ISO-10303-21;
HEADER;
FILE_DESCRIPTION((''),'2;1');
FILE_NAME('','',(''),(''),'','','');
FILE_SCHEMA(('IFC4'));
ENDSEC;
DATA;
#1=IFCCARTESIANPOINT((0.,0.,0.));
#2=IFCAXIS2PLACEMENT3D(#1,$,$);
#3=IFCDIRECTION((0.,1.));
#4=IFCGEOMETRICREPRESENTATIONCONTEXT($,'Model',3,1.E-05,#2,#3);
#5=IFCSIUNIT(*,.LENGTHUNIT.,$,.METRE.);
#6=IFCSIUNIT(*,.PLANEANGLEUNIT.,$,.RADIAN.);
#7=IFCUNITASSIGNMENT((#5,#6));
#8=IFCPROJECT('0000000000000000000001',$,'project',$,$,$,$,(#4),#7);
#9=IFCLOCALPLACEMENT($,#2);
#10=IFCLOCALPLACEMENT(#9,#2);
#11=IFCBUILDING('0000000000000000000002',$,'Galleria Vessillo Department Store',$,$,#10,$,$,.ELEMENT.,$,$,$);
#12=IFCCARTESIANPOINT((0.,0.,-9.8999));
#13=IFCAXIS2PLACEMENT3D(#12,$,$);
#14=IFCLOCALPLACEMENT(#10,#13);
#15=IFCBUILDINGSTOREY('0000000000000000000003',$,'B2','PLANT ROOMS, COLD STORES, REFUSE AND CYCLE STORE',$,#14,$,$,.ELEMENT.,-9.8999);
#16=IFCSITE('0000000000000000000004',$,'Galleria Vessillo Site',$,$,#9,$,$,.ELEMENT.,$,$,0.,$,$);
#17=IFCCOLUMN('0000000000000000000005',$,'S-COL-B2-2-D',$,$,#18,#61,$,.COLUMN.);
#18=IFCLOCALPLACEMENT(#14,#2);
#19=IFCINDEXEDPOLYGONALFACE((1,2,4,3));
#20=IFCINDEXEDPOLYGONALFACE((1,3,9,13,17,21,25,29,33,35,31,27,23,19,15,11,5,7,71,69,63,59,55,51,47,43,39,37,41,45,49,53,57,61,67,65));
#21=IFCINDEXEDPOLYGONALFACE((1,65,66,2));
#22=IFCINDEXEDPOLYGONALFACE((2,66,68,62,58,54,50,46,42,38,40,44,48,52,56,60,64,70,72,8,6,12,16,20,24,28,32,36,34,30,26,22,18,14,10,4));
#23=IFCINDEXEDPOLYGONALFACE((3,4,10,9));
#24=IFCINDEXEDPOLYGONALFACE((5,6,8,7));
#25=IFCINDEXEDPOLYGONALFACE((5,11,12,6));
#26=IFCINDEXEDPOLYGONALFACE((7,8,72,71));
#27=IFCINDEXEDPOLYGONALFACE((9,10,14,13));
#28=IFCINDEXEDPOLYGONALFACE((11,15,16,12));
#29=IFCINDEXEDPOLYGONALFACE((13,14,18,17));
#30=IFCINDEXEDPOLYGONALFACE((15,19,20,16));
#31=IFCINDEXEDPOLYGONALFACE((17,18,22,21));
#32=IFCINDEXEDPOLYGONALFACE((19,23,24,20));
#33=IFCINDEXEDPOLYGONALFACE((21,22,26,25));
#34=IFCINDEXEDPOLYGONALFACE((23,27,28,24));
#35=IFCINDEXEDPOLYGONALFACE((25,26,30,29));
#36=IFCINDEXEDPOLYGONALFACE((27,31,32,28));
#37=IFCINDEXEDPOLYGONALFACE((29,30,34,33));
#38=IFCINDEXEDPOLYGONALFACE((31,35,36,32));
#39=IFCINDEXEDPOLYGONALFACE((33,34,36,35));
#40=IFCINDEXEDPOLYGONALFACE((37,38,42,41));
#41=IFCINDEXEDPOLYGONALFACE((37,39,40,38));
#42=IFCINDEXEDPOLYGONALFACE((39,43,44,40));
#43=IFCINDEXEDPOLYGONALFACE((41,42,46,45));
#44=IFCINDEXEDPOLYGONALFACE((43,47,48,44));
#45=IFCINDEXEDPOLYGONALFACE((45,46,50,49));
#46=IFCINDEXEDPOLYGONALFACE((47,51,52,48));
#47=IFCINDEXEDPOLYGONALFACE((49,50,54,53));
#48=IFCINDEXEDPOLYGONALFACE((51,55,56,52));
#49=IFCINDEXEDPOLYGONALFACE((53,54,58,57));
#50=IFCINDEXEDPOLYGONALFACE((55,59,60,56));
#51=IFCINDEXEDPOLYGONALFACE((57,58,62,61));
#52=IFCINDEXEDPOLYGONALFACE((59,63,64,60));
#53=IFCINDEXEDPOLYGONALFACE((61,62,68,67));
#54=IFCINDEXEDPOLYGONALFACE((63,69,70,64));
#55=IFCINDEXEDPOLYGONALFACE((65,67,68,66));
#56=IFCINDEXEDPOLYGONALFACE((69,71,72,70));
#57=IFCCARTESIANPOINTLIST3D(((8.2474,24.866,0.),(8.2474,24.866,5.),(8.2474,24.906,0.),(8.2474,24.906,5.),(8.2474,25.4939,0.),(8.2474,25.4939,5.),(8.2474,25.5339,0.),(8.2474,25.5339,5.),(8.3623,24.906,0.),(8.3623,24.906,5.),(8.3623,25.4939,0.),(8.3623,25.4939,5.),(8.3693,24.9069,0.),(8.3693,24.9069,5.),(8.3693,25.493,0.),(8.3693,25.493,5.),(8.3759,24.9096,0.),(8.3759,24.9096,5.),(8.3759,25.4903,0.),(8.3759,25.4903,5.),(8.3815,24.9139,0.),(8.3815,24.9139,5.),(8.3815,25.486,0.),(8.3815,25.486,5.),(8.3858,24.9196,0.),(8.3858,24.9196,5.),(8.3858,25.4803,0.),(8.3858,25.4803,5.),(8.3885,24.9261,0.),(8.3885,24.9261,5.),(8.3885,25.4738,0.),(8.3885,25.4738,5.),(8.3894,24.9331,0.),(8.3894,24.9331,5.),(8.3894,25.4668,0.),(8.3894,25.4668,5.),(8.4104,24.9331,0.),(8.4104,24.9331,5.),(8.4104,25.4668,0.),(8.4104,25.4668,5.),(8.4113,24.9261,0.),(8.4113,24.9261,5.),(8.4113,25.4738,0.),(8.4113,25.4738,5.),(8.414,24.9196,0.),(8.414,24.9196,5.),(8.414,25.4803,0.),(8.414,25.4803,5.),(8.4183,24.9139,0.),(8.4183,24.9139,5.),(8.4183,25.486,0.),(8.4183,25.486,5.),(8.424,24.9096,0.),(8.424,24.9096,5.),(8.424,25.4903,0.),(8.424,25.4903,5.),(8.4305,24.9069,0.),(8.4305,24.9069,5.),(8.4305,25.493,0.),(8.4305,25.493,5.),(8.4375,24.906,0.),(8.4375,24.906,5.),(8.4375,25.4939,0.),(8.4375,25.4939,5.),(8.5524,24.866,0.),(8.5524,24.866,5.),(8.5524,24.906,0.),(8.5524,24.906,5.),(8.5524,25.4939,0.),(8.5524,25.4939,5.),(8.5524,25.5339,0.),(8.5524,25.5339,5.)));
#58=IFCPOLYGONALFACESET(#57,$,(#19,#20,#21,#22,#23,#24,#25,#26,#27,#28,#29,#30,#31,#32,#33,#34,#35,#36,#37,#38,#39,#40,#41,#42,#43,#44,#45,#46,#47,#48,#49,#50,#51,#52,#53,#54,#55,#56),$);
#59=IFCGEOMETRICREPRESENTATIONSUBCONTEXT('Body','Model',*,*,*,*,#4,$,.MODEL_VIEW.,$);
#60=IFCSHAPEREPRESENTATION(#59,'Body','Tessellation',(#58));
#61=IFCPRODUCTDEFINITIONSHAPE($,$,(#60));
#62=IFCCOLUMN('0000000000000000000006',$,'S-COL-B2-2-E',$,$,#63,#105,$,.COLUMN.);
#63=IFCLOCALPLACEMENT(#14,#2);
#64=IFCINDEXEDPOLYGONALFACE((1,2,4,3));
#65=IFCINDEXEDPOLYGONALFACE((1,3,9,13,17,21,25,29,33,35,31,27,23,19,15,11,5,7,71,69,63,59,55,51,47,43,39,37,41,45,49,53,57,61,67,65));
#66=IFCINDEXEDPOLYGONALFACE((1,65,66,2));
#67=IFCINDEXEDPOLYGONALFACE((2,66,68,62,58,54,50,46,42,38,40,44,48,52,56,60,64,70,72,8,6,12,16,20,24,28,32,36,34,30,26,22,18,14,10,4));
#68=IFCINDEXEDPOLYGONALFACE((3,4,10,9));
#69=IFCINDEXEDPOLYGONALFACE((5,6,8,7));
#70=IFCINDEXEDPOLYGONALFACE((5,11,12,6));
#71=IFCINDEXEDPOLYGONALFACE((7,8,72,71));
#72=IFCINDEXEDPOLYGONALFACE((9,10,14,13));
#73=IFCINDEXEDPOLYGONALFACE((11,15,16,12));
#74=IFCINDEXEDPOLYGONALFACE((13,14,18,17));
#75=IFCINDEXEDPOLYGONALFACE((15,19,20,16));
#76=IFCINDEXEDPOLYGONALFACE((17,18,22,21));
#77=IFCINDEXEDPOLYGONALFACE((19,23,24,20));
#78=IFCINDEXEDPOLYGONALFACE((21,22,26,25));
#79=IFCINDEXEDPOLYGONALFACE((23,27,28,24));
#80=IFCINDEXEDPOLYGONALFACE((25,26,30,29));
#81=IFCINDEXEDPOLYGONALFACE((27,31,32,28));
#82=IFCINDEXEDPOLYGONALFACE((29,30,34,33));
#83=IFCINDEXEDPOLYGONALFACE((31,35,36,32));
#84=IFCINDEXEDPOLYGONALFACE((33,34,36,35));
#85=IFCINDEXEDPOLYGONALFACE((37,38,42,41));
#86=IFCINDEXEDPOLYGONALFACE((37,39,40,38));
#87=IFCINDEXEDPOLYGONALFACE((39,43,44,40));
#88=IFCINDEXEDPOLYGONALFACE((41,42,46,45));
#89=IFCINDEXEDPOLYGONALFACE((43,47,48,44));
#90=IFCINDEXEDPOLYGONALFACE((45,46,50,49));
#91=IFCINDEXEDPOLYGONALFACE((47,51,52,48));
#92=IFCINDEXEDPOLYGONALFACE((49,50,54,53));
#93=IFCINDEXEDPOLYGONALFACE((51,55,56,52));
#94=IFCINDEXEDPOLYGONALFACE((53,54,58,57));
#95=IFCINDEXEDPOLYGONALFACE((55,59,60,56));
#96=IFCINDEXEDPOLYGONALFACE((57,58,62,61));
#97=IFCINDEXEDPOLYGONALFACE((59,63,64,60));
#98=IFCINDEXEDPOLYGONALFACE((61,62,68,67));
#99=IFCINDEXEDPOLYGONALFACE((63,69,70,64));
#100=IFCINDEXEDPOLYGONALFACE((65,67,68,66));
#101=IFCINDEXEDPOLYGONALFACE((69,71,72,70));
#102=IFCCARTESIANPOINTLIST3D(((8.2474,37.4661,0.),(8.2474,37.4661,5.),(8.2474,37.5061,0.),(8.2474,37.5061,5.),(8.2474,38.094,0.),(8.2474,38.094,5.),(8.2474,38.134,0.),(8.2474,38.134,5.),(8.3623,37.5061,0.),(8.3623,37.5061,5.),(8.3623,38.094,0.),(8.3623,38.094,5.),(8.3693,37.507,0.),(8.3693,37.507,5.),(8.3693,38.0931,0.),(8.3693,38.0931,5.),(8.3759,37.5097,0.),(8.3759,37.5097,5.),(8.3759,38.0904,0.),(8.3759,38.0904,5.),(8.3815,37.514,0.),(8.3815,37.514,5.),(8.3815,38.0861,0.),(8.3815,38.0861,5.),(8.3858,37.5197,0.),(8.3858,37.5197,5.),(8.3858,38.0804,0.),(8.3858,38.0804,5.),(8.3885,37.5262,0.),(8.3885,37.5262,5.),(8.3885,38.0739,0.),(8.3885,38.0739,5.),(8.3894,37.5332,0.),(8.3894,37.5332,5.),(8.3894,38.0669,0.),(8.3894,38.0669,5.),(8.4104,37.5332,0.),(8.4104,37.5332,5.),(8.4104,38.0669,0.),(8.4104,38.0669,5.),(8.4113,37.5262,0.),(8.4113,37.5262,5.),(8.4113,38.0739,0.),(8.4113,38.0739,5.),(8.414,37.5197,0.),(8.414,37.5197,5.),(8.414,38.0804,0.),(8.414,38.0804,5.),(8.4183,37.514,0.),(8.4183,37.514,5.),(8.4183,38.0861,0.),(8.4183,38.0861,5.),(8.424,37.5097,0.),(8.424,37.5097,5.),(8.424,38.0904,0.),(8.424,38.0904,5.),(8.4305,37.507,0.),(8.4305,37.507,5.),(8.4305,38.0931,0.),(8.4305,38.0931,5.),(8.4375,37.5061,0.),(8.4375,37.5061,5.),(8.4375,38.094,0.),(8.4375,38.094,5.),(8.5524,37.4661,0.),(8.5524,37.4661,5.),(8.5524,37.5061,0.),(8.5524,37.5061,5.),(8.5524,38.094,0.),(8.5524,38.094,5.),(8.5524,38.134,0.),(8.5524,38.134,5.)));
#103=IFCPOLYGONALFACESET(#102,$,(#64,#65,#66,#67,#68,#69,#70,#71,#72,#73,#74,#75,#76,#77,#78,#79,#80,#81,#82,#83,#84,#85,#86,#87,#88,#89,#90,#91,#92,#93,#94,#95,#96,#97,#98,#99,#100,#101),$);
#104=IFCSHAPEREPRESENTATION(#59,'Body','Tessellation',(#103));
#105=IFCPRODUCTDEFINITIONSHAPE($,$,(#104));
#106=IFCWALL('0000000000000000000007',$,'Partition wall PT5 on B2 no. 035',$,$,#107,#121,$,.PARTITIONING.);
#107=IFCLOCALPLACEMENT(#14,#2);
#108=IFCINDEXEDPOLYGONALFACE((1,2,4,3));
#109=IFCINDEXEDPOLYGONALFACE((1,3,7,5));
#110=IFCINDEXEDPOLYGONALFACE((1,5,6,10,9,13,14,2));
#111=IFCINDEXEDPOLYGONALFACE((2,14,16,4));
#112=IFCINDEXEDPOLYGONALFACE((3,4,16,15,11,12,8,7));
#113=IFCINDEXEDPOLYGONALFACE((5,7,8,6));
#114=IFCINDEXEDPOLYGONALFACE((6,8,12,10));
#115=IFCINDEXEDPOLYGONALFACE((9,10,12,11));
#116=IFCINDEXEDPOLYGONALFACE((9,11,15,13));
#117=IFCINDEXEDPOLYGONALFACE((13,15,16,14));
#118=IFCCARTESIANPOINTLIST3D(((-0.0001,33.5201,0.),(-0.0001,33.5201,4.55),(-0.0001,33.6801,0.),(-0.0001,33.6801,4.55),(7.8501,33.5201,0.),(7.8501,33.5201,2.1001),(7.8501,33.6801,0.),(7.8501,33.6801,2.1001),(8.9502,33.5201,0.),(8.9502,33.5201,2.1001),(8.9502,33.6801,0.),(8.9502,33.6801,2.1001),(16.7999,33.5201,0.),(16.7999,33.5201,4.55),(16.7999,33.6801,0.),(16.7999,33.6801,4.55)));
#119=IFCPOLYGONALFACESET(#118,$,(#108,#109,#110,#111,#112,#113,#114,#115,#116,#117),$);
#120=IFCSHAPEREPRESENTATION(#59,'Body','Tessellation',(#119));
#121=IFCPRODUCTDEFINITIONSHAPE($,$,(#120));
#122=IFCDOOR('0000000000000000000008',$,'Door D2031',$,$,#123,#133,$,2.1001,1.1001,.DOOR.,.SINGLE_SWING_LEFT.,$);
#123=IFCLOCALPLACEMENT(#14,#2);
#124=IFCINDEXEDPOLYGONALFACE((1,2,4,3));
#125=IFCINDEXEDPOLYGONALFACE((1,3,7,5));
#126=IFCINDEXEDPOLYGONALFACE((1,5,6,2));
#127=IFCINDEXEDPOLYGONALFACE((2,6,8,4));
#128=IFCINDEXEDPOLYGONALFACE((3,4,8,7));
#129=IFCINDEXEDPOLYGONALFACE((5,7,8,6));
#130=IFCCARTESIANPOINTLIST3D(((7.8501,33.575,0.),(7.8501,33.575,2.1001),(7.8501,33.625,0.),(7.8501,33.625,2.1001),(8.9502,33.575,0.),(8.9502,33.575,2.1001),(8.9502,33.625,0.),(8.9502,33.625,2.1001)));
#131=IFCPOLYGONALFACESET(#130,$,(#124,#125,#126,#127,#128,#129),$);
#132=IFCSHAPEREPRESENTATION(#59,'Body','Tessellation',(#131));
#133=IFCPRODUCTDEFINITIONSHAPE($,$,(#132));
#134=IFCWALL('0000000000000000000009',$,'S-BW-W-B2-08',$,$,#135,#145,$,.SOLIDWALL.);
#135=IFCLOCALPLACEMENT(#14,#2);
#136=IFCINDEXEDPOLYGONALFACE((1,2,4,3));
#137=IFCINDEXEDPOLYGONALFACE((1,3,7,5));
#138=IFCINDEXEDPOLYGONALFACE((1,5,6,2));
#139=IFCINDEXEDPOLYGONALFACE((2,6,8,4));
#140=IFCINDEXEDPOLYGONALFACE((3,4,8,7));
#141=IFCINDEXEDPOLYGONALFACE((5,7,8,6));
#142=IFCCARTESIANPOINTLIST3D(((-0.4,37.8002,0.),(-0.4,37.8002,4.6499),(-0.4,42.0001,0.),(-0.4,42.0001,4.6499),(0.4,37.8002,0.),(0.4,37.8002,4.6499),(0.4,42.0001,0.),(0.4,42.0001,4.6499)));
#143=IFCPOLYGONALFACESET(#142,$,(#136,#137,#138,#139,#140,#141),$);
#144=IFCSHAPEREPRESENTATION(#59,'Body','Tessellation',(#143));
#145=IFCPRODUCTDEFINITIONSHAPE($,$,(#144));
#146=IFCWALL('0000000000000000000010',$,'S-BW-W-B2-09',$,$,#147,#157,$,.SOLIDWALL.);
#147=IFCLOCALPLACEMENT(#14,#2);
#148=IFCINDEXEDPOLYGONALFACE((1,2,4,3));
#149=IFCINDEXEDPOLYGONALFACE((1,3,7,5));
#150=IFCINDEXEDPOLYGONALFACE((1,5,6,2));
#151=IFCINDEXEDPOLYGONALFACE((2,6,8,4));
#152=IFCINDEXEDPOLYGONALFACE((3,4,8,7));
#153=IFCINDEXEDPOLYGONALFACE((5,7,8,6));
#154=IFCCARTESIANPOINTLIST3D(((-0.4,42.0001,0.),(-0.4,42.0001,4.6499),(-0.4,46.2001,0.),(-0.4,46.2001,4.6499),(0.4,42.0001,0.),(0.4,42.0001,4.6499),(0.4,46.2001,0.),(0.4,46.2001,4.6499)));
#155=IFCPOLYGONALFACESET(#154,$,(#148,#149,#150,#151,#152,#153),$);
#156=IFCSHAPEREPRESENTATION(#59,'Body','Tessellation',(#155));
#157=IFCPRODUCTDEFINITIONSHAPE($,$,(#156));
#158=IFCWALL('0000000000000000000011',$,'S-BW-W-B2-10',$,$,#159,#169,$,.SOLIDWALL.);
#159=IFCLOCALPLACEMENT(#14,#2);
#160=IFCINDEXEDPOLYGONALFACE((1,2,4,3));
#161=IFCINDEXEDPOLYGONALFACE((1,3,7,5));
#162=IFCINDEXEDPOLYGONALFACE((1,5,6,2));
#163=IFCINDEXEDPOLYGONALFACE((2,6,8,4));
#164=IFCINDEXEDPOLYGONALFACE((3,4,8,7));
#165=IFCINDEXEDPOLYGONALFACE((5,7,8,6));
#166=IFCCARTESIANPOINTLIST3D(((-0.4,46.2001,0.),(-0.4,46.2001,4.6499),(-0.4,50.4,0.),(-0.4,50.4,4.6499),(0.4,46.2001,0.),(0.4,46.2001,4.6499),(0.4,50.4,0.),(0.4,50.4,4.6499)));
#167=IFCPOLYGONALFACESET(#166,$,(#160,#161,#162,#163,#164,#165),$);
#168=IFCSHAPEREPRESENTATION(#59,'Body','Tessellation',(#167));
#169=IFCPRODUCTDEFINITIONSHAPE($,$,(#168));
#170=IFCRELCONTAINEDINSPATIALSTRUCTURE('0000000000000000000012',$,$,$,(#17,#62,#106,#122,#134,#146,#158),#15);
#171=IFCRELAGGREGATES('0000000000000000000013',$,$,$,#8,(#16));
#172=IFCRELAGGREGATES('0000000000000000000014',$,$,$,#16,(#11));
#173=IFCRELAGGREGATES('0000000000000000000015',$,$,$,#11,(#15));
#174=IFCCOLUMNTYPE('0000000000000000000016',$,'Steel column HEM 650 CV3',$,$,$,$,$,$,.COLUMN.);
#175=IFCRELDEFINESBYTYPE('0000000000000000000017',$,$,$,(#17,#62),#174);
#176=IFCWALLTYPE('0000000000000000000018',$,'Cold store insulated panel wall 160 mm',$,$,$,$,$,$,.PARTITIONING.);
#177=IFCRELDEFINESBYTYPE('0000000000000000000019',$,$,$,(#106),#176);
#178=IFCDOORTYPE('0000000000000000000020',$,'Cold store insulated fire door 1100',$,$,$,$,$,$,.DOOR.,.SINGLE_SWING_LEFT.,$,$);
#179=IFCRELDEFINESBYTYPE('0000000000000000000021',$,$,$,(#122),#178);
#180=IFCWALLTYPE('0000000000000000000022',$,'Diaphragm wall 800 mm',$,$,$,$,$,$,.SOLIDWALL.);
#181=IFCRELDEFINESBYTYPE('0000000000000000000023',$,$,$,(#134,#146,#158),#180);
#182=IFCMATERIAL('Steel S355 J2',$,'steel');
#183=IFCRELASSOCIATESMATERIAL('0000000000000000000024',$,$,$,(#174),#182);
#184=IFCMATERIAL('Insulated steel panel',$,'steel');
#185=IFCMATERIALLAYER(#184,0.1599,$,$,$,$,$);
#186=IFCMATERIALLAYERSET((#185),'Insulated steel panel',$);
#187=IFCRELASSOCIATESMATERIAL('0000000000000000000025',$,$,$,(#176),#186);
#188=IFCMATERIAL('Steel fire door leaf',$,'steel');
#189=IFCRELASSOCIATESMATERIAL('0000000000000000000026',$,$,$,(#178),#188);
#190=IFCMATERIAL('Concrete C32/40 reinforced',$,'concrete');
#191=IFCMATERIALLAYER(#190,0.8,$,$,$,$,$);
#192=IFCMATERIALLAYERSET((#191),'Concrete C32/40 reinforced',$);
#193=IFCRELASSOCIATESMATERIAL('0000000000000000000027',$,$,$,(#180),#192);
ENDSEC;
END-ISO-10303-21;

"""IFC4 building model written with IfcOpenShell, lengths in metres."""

from ifc_helpers import new_model, si_unit, direction, frame, frame_2d, origin, origin_2d, place, context, subcontext, project, spatial, rectangle, i_section, extrude, material, layer, layer_set, material_profile, profile_set, type_object, element, fill, save


model = new_model("IFC4")

# Units and contexts
model_context = context("Model", 3, precision=1e-05, world=origin(), true_north=direction((0.0, 1.0)))
body_context = subcontext(model_context, "Body", "Model", "MODEL_VIEW")
ifc_project = project(units=[si_unit("LENGTHUNIT", "METRE"), si_unit("PLANEANGLEUNIT", "RADIAN")], contexts=[model_context])

# Site, building, storey
site_placement = place(None, origin())
site = spatial("IfcSite", under=ifc_project, at=site_placement, Name="Galleria Vessillo Site", CompositionType="ELEMENT", RefElevation=0.0)
building_placement = place(site_placement, origin())
building = spatial("IfcBuilding", under=site, at=building_placement, Name="Galleria Vessillo Department Store", CompositionType="ELEMENT")
storey_placement = place(building_placement, frame((0.0, 0.0, -9.8999)))
storey = spatial("IfcBuildingStorey", under=building, at=storey_placement, Name="B2", Description="PLANT ROOMS, COLD STORES, REFUSE AND CYCLE STORE", CompositionType="ELEMENT", Elevation=-9.8999)

# Columns
ifc_material_1 = material(Name="Steel S355 J2", Category="steel")
ifc_material_profile_1 = material_profile(ifc_material_1, i_section(OverallWidth=0.3049, OverallDepth=0.668, WebThickness=0.021, FlangeThickness=0.04, FilletRadius=0.0271, at=origin_2d()), Name="HEM 650")
ifc_profile_set_1 = profile_set([ifc_material_profile_1], Name="Steel S355 J2")
column_type_1 = type_object("IfcColumnType", Name="Steel column HEM 650 CV3", PredefinedType="COLUMN", material=ifc_profile_set_1)
for number, where, z_axis, x_axis, name in (
    (1, (8.3999, 25.2, 0.0), (0.0, 0.0, 1.0), (1.0, 0.0, 0.0), "S-COL-B2-2-D"),
    (2, (8.3999, 37.8, 0.0), (0.0, 0.0, 1.0), (1.0, 0.0, 0.0), "S-COL-B2-2-E"),
):
    element("IfcColumn", number, at=place(storey_placement, frame(where, z_axis=z_axis, x_axis=x_axis)), inside=storey, type_object=column_type_1, Name=name, PredefinedType="COLUMN", context=body_context, shape_type="SweptSolid", body=[
        extrude(i_section(OverallWidth=0.3049, OverallDepth=0.668, WebThickness=0.021, FlangeThickness=0.04, FilletRadius=0.0271, at=origin_2d()), origin(), (0.0, 0.0, 1.0), 5.0),
    ])

# Wall, opening, door
ifc_material_2 = material(Name="Insulated steel panel", Category="steel")
ifc_layer_1 = layer(ifc_material_2, 0.1599)
ifc_layer_set_1 = layer_set([ifc_layer_1], Name="Insulated steel panel")
wall_type_1 = type_object("IfcWallType", Name="Cold store insulated panel wall 160 mm", PredefinedType="PARTITIONING", material=ifc_layer_set_1)
wall_1_placement = place(storey_placement, frame((0.0, 33.6001, 0.0), z_axis=(0.0, 0.0, 1.0), x_axis=(1.0, 0.0, 0.0)))
wall_1 = element("IfcWall", 3, at=wall_1_placement, inside=storey, type_object=wall_type_1, Name="Partition wall PT5 on B2 no. 035", PredefinedType="PARTITIONING", context=body_context, shape_type="SweptSolid", body=[
    extrude(rectangle(XDim=16.8, YDim=0.1599, at=frame_2d((8.3999, 0.0))), origin(), (0.0, 0.0, 1.0), 4.55),
])
opening_1_placement = place(wall_1_placement, frame((7.8501, 0.0, 0.0)))
opening_1 = element("IfcOpeningElement", 4, at=opening_1_placement, cuts=wall_1, PredefinedType="OPENING", context=body_context, shape_type="SweptSolid", body=[
    extrude(rectangle(XDim=1.1001, YDim=2.1001, at=frame_2d((0.55, 1.05))), frame((0.0, 0.0898, 0.0), z_axis=(0.0, -1.0, 0.0), x_axis=(1.0, 0.0, 0.0)), (0.0, 0.0, 1.0), 0.1799),
])
ifc_material_3 = material(Name="Steel fire door leaf", Category="steel")
door_type_1 = type_object("IfcDoorType", Name="Cold store insulated fire door 1100", OperationType="SINGLE_SWING_LEFT", PredefinedType="DOOR", material=ifc_material_3)
door_1_placement = place(opening_1_placement, origin())
door_1 = element("IfcDoor", 5, at=door_1_placement, inside=storey, type_object=door_type_1, Name="Door D2031", OperationType="SINGLE_SWING_LEFT", OverallHeight=2.1001, OverallWidth=1.1001, PredefinedType="DOOR", context=body_context, shape_type="SweptSolid", body=[
    extrude(rectangle(XDim=1.1001, YDim=2.1001, at=frame_2d((0.55, 1.05))), frame((0.0, 0.0249, 0.0), z_axis=(0.0, -1.0, 0.0), x_axis=(1.0, 0.0, 0.0)), (0.0, 0.0, 1.0), 0.05),
])
fill(opening_1, door_1)

# Walls
ifc_material_4 = material(Name="Concrete C32/40 reinforced", Category="concrete")
ifc_layer_2 = layer(ifc_material_4, 0.8)
ifc_layer_set_2 = layer_set([ifc_layer_2], Name="Concrete C32/40 reinforced")
wall_type_2 = type_object("IfcWallType", Name="Diaphragm wall 800 mm", PredefinedType="SOLIDWALL", material=ifc_layer_set_2)
for number, where, z_axis, x_axis, name in (
    (6, (0.0, 37.8, 0.0), (0.0, 0.0, 1.0), (0.0, 1.0, 0.0), "S-BW-W-B2-08"),
    (7, (0.0, 42.0, 0.0), (0.0, 0.0, 1.0), (0.0, 1.0, 0.0), "S-BW-W-B2-09"),
    (8, (0.0, 46.2, 0.0), (0.0, 0.0, 1.0), (0.0, 1.0, 0.0), "S-BW-W-B2-10"),
):
    element("IfcWall", number, at=place(storey_placement, frame(where, z_axis=z_axis, x_axis=x_axis)), inside=storey, type_object=wall_type_2, Name=name, PredefinedType="SOLIDWALL", context=body_context, shape_type="SweptSolid", body=[
        extrude(rectangle(XDim=4.2, YDim=0.8, at=frame_2d((2.1001, 0.0))), origin(), (0.0, 0.0, 1.0), 4.6499),
    ])

save(model, "model.ifc")
